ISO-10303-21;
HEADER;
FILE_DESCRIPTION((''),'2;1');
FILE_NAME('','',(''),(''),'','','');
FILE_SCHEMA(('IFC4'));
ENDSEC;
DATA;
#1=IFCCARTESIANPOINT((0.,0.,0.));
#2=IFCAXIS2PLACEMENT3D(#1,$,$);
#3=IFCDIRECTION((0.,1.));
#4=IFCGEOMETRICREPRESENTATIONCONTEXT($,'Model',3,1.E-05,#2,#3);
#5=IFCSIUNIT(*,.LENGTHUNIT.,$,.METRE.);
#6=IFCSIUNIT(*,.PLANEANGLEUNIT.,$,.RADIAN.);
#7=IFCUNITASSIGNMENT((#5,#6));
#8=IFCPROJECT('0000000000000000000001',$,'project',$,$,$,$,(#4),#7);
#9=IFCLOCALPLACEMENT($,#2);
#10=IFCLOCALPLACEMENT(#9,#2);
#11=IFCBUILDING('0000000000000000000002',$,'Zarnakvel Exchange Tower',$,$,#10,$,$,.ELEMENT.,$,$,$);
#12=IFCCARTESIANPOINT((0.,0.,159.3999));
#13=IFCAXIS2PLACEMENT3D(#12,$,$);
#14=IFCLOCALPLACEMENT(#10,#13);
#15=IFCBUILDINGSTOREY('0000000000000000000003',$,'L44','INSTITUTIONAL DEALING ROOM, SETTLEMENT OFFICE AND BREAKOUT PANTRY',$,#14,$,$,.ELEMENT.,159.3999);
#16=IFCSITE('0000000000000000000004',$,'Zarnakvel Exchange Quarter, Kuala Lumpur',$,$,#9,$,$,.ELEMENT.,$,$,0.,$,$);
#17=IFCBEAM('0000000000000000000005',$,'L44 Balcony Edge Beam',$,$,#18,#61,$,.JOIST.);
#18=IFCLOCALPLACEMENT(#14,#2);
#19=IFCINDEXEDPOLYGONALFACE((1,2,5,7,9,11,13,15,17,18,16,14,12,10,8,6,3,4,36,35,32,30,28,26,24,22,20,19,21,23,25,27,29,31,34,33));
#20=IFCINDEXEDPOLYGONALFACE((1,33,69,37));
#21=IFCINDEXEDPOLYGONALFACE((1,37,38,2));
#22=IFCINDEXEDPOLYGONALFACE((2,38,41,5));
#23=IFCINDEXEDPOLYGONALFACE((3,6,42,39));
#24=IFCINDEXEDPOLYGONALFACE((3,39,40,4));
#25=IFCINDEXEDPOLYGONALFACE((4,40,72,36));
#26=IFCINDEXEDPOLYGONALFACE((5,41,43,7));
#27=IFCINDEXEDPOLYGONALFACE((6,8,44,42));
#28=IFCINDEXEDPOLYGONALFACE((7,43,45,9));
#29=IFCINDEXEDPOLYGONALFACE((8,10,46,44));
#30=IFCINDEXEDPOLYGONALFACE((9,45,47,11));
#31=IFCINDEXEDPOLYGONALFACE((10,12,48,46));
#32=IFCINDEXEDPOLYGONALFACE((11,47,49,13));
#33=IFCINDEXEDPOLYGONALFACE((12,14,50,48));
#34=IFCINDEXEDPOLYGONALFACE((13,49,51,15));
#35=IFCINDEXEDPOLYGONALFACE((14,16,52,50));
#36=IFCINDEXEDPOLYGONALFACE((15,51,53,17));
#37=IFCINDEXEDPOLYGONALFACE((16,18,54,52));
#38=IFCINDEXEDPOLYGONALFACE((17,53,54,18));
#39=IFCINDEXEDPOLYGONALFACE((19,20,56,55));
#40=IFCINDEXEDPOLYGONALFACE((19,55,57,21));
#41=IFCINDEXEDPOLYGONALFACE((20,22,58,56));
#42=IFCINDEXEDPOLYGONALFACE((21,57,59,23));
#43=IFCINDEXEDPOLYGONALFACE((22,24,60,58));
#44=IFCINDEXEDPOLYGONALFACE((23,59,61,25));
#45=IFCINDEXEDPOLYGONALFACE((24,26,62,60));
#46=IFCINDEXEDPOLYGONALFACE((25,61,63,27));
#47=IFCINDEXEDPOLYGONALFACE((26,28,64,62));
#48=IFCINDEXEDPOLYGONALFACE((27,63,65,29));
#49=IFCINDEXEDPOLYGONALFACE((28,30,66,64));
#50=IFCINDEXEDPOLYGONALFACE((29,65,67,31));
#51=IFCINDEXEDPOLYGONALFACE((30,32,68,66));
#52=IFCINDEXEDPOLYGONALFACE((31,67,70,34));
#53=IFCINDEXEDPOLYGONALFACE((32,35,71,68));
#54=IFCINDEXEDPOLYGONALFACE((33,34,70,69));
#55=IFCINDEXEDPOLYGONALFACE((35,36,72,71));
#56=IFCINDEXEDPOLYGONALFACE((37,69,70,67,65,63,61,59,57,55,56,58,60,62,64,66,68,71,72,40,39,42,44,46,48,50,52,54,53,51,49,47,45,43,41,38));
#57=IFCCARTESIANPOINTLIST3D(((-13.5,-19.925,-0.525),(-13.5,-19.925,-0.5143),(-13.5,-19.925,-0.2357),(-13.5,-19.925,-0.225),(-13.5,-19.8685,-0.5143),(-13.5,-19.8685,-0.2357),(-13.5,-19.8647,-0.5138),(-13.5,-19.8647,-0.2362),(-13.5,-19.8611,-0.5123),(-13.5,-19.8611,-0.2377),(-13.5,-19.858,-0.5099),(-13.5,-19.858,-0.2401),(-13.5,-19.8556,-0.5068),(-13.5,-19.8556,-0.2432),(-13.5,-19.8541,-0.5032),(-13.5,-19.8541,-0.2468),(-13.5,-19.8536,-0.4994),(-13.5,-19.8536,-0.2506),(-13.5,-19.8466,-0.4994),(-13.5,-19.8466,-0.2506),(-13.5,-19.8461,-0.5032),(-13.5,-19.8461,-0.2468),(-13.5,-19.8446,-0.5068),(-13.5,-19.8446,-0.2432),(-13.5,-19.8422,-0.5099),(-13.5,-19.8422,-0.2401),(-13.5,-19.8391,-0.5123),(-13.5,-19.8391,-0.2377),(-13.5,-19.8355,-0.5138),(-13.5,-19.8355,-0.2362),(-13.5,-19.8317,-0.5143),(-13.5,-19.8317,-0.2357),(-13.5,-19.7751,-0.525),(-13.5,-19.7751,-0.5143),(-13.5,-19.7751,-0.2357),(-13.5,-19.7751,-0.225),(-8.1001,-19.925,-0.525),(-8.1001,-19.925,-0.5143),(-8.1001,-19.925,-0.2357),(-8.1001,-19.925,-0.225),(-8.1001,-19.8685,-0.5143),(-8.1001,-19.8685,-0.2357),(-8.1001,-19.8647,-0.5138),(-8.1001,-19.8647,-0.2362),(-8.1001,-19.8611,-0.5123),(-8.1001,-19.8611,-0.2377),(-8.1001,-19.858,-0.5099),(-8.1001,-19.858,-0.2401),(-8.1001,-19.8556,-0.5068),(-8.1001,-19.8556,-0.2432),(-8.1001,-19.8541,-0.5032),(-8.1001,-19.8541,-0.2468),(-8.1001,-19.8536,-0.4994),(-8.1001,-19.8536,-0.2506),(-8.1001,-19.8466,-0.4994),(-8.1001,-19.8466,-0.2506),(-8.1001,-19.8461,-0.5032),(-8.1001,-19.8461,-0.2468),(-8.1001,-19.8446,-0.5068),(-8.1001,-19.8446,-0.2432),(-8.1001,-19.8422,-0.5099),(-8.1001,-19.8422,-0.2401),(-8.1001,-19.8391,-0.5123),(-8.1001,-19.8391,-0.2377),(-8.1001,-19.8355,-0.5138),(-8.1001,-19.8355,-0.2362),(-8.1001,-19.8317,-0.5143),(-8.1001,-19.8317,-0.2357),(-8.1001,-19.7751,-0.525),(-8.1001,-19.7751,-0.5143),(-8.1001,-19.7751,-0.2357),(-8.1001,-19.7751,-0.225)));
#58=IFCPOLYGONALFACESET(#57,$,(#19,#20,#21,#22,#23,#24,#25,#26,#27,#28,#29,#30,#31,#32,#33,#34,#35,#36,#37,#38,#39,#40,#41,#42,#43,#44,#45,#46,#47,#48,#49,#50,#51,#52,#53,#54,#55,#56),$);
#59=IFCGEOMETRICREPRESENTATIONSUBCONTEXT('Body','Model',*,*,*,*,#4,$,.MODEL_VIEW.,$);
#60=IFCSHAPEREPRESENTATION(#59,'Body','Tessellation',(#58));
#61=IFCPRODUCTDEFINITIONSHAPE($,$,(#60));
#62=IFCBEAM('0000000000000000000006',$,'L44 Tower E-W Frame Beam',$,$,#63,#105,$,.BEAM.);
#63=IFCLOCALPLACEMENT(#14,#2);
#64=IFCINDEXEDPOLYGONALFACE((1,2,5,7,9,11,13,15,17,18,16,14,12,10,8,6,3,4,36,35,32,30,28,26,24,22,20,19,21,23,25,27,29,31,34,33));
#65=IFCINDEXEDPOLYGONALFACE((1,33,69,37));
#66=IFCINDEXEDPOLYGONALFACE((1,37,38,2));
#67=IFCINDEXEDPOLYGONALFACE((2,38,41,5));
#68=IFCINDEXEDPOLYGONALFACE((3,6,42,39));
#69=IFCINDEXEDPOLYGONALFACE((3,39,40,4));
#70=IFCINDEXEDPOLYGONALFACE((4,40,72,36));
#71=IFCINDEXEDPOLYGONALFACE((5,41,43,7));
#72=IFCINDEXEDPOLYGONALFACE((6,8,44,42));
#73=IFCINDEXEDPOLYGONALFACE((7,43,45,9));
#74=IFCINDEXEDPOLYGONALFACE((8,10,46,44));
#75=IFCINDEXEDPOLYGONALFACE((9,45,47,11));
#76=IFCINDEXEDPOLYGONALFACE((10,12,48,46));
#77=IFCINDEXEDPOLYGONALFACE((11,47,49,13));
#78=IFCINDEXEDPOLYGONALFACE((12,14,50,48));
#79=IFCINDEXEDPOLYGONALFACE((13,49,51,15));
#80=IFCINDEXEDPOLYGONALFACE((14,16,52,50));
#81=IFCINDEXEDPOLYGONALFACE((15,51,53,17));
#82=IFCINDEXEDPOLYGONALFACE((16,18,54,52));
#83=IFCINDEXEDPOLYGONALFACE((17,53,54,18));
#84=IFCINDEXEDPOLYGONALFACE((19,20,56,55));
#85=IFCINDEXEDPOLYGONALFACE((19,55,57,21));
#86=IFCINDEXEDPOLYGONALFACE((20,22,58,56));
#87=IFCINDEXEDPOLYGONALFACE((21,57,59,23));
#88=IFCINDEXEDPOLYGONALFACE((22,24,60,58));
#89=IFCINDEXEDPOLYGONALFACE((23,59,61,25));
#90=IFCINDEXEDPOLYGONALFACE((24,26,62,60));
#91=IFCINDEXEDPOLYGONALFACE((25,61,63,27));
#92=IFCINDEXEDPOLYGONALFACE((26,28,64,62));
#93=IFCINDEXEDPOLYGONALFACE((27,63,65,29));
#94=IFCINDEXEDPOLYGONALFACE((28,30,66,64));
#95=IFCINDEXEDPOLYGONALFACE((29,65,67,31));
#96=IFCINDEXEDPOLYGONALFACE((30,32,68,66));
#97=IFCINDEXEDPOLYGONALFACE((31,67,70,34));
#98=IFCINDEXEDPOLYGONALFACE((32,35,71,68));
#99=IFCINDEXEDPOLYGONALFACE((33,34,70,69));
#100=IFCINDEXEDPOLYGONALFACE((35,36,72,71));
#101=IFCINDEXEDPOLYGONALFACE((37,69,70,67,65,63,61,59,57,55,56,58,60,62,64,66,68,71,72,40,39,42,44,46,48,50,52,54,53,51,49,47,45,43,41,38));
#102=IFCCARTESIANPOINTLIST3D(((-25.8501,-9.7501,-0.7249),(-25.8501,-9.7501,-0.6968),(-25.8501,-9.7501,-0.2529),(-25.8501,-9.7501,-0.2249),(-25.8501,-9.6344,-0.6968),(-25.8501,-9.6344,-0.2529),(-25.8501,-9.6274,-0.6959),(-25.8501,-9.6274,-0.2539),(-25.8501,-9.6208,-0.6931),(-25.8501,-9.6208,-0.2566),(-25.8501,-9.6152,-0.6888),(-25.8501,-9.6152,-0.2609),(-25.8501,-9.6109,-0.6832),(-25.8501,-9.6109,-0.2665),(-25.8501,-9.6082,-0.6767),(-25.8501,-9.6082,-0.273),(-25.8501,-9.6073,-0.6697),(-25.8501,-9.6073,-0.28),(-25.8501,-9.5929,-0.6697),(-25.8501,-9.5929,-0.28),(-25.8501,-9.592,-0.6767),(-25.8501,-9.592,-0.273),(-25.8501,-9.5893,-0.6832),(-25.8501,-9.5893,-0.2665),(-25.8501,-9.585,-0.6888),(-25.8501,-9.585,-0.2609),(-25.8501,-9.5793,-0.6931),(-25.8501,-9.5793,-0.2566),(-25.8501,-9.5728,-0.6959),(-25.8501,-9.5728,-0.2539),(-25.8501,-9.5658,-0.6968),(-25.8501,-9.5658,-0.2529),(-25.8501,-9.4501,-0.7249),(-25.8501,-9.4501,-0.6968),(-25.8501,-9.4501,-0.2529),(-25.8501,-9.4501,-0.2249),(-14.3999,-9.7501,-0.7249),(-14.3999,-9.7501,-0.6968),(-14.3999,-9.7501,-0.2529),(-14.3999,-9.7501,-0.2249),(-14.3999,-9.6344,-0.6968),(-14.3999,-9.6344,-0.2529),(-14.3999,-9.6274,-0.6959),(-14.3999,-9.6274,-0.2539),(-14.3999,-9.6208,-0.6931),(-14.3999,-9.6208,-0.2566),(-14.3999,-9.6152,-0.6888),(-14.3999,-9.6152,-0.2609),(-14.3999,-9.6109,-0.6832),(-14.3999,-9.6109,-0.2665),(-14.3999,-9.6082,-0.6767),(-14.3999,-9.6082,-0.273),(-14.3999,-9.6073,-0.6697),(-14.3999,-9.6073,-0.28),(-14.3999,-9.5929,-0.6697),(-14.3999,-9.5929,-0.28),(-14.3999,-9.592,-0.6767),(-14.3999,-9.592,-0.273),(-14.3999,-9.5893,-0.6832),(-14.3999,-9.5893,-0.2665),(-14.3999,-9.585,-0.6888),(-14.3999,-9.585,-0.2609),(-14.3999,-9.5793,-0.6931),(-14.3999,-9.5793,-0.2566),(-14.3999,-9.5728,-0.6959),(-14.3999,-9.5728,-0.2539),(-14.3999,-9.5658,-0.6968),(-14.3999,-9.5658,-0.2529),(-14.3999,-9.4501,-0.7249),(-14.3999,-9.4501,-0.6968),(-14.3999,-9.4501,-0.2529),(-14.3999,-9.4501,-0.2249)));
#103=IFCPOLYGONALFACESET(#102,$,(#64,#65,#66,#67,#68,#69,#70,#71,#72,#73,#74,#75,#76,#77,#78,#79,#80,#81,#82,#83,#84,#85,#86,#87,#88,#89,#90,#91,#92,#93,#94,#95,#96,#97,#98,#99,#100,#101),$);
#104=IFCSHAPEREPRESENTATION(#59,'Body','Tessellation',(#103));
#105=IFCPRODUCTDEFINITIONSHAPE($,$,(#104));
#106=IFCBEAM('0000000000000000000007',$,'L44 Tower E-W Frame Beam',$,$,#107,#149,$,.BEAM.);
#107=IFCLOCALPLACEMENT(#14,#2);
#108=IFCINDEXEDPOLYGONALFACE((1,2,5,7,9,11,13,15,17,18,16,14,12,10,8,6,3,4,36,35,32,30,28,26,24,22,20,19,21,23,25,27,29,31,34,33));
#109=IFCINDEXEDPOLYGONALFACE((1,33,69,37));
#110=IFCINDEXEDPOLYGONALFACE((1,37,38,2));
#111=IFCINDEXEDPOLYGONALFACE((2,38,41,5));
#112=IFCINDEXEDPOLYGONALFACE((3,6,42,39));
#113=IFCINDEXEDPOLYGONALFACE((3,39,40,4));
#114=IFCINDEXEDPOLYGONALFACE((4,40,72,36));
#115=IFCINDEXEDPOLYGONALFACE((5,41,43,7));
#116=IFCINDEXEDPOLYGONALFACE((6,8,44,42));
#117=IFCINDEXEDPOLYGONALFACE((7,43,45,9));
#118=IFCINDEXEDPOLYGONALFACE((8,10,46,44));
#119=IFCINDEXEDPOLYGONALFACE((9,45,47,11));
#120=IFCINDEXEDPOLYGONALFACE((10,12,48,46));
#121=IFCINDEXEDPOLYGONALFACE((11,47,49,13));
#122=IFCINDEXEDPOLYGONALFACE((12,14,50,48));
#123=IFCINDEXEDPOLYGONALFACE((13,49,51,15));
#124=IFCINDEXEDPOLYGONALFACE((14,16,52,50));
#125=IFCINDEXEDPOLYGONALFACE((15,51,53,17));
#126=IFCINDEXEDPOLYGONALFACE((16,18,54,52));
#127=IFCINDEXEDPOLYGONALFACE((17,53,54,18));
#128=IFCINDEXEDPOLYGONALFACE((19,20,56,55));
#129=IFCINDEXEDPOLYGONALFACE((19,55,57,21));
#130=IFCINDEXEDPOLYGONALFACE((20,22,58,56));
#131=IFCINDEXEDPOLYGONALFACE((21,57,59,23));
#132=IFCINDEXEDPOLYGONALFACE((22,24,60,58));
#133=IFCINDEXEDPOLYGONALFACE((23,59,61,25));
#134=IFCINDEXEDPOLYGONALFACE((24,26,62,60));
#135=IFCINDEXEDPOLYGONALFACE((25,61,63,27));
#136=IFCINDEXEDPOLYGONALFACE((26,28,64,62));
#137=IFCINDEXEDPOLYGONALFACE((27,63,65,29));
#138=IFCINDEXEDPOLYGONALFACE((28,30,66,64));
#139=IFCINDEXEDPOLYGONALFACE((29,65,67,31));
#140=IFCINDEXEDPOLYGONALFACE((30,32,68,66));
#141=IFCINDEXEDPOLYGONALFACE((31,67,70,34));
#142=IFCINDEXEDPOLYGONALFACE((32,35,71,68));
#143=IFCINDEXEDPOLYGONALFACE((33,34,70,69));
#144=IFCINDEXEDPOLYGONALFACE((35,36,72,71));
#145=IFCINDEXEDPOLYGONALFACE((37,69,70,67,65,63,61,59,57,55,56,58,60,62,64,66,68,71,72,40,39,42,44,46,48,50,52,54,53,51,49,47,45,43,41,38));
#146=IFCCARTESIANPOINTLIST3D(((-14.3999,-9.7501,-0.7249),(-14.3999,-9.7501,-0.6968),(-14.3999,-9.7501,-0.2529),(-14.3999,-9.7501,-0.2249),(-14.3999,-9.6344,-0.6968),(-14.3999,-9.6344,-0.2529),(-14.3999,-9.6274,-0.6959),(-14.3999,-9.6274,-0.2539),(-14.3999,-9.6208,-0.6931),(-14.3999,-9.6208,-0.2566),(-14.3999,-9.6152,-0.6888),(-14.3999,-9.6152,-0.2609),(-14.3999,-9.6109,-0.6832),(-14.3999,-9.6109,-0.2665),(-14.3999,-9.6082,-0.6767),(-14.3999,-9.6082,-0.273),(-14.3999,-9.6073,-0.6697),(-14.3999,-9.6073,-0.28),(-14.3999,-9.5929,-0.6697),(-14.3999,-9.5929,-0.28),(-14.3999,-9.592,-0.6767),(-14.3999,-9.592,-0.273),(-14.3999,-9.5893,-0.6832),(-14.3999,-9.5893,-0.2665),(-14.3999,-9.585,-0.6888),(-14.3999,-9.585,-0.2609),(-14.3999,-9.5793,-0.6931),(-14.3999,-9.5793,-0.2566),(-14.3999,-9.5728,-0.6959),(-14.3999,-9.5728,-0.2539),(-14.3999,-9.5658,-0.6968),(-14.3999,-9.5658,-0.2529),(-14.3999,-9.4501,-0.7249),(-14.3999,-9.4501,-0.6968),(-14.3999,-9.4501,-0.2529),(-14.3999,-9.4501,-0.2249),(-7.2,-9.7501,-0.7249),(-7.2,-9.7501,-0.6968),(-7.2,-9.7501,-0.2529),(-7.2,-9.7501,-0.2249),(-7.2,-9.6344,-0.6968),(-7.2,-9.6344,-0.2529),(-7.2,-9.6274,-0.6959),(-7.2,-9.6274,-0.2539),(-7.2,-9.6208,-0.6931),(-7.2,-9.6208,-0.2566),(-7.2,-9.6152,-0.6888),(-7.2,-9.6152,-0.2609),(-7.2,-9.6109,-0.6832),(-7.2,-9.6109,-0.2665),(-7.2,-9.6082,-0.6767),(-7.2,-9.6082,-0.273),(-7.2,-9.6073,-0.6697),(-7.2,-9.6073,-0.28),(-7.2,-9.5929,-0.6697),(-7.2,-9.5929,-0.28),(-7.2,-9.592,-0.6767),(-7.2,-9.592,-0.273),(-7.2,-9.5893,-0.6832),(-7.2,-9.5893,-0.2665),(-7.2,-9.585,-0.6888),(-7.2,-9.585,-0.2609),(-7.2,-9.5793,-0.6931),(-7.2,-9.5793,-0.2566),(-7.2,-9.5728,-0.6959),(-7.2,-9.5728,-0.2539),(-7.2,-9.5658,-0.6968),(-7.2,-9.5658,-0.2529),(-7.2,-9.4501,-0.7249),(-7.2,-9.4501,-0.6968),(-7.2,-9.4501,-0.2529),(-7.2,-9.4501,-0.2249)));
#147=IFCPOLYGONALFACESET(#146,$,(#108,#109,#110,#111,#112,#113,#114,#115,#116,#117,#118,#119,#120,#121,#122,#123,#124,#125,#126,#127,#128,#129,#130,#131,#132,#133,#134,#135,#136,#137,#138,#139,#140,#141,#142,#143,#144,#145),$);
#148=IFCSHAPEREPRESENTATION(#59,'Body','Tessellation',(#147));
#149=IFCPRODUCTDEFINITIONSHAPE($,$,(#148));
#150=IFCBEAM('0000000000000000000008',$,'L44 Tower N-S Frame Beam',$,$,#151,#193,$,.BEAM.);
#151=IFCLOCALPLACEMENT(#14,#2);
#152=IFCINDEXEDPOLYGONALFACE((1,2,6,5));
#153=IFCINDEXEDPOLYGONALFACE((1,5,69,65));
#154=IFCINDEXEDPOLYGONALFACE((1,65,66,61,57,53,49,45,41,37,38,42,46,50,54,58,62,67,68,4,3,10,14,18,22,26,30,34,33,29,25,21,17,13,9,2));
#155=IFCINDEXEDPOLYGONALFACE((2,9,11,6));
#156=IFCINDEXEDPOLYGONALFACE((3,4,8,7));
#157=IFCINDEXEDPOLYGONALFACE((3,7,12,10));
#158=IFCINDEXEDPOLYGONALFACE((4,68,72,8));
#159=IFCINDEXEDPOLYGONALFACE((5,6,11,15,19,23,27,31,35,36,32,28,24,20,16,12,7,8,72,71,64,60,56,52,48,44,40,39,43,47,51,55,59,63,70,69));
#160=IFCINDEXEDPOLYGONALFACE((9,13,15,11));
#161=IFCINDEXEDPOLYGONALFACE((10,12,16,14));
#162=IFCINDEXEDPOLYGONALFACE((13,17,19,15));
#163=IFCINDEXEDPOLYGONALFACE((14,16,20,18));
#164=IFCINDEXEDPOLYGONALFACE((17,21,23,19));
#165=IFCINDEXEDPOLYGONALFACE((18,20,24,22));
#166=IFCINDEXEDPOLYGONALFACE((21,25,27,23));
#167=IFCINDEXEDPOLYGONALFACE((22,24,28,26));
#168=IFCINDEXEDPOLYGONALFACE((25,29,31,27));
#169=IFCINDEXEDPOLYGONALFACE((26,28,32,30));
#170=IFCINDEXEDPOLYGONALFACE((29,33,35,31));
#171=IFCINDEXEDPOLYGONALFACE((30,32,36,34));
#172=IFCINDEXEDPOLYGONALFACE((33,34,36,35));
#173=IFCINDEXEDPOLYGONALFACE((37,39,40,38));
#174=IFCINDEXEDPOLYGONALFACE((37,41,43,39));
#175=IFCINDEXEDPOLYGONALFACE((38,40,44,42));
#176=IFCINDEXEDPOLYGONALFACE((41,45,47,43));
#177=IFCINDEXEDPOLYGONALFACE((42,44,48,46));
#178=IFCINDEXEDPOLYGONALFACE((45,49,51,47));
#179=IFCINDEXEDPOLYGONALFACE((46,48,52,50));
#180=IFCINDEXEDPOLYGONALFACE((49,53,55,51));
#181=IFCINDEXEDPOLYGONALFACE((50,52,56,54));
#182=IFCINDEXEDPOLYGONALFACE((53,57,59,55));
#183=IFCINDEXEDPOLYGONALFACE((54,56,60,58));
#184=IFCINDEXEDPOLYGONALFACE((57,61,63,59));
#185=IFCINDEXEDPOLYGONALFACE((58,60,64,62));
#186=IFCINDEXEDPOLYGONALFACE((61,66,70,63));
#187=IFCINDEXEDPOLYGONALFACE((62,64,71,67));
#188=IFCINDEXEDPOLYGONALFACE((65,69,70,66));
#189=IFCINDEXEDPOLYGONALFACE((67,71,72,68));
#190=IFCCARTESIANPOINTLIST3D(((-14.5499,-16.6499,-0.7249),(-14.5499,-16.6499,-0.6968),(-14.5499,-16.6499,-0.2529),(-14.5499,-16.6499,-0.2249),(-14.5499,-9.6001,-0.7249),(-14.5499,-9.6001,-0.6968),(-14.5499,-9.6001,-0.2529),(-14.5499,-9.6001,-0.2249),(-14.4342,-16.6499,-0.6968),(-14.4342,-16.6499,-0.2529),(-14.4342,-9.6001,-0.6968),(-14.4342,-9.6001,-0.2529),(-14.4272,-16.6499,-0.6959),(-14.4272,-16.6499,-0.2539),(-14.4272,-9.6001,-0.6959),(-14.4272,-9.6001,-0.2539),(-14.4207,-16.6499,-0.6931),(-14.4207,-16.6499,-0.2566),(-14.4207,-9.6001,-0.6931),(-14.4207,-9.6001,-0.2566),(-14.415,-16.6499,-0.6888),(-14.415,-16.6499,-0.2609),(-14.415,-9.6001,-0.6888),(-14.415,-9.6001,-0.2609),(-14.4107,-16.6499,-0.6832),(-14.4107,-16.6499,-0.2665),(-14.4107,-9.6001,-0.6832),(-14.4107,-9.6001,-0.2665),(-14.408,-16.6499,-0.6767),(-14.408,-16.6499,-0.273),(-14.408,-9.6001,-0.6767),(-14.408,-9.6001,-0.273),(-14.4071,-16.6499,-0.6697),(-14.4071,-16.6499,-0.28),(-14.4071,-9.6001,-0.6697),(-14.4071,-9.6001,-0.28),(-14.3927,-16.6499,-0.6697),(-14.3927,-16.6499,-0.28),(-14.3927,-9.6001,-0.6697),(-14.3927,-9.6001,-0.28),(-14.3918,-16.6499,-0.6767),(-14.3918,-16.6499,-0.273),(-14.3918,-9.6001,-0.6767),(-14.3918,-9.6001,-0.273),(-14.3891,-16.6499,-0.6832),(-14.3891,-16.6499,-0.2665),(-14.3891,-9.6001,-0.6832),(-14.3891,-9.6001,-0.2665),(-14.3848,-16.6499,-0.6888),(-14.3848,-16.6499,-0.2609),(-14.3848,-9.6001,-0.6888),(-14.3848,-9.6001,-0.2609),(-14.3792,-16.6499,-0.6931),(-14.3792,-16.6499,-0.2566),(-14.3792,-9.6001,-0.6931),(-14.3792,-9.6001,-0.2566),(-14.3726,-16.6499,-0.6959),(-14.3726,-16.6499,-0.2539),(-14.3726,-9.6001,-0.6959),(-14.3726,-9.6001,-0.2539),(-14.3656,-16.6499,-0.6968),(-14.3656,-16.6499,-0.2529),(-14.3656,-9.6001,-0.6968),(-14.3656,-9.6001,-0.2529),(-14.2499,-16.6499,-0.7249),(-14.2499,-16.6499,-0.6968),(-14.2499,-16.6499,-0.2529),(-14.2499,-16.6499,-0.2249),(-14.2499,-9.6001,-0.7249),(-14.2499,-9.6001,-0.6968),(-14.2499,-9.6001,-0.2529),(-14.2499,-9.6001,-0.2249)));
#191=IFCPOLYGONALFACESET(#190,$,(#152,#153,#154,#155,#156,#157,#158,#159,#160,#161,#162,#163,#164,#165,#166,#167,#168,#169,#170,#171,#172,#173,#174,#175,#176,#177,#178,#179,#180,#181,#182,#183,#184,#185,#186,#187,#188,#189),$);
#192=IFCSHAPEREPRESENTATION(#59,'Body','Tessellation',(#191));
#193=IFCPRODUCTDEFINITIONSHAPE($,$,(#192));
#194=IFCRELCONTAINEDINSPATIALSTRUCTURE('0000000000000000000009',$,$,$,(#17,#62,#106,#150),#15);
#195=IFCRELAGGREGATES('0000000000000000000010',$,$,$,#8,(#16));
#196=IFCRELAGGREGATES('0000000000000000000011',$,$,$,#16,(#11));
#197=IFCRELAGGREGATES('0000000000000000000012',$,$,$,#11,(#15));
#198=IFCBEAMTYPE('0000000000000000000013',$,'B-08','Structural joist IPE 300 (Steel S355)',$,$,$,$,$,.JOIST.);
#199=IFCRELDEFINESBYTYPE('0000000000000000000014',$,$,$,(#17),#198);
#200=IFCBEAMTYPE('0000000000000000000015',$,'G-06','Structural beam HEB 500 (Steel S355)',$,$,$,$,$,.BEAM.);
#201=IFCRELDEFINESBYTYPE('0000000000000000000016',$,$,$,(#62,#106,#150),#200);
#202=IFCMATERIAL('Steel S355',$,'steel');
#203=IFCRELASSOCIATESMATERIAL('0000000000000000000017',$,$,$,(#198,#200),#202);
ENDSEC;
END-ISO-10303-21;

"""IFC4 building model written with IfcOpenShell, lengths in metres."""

from ifc_helpers import new_model, si_unit, direction, frame, origin, origin_2d, place, context, subcontext, project, spatial, i_section, extrude, material, material_profile, profile_set, type_object, element, save


model = new_model("IFC4")

# Units and contexts
model_context = context("Model", 3, precision=1e-05, world=origin(), true_north=direction((0.0, 1.0)))
body_context = subcontext(model_context, "Body", "Model", "MODEL_VIEW")
ifc_project = project(units=[si_unit("LENGTHUNIT", "METRE"), si_unit("PLANEANGLEUNIT", "RADIAN")], contexts=[model_context])

# Site, building, storey
site_placement = place(None, origin())
site = spatial("IfcSite", under=ifc_project, at=site_placement, Name="Zarnakvel Exchange Quarter, Kuala Lumpur", CompositionType="ELEMENT", RefElevation=0.0)
building_placement = place(site_placement, origin())
building = spatial("IfcBuilding", under=site, at=building_placement, Name="Zarnakvel Exchange Tower", CompositionType="ELEMENT")
storey_placement = place(building_placement, frame((0.0, 0.0, 159.3999)))
storey = spatial("IfcBuildingStorey", under=building, at=storey_placement, Name="L44", Description="INSTITUTIONAL DEALING ROOM, SETTLEMENT OFFICE AND BREAKOUT PANTRY", CompositionType="ELEMENT", Elevation=159.3999)

# Shared definitions
ifc_material_1 = material(Name="Steel S355", Category="steel")

# Beams
ifc_material_profile_1 = material_profile(ifc_material_1, i_section(OverallWidth=0.1499, OverallDepth=0.3, WebThickness=0.0071, FlangeThickness=0.0107, FilletRadius=0.0149, at=origin_2d()))
ifc_profile_set_1 = profile_set([ifc_material_profile_1], Name="Steel S355")
beam_type_1 = type_object("IfcBeamType", Name="B-08", Description="Structural joist IPE 300 (Steel S355)", PredefinedType="JOIST", material=ifc_profile_set_1)
beam_1_placement = place(storey_placement, frame((-13.5, -19.8501, -0.375), z_axis=(1.0, 0.0, 0.0), x_axis=(0.0, 1.0, 0.0)))
element("IfcBeam", 1, at=beam_1_placement, inside=storey, type_object=beam_type_1, Name="L44 Balcony Edge Beam", PredefinedType="JOIST", context=body_context, shape_type="SweptSolid", body=[
    extrude(i_section(OverallWidth=0.1499, OverallDepth=0.3, WebThickness=0.0071, FlangeThickness=0.0107, FilletRadius=0.0149, at=origin_2d()), origin(), (0.0, 0.0, 1.0), 5.3999),
])
ifc_material_profile_2 = material_profile(ifc_material_1, i_section(OverallWidth=0.3, OverallDepth=0.5, WebThickness=0.0144, FlangeThickness=0.0281, FilletRadius=0.0271, at=origin_2d()))
ifc_profile_set_2 = profile_set([ifc_material_profile_2], Name="Steel S355")
beam_type_2 = type_object("IfcBeamType", Name="G-06", Description="Structural beam HEB 500 (Steel S355)", PredefinedType="BEAM", material=ifc_profile_set_2)
beam_2_placement = place(storey_placement, frame((-25.8501, -9.6001, -0.4749), z_axis=(1.0, 0.0, 0.0), x_axis=(0.0, 1.0, 0.0)))
element("IfcBeam", 2, at=beam_2_placement, inside=storey, type_object=beam_type_2, Name="L44 Tower E-W Frame Beam", PredefinedType="BEAM", context=body_context, shape_type="SweptSolid", body=[
    extrude(i_section(OverallWidth=0.3, OverallDepth=0.5, WebThickness=0.0144, FlangeThickness=0.0281, FilletRadius=0.0271, at=origin_2d()), origin(), (0.0, 0.0, 1.0), 11.4502),
])
beam_3_placement = place(storey_placement, frame((-14.3999, -9.6001, -0.4749), z_axis=(1.0, 0.0, 0.0), x_axis=(0.0, 1.0, 0.0)))
element("IfcBeam", 3, at=beam_3_placement, inside=storey, type_object=beam_type_2, Name="L44 Tower E-W Frame Beam", PredefinedType="BEAM", context=body_context, shape_type="SweptSolid", body=[
    extrude(i_section(OverallWidth=0.3, OverallDepth=0.5, WebThickness=0.0144, FlangeThickness=0.0281, FilletRadius=0.0271, at=origin_2d()), origin(), (0.0, 0.0, 1.0), 7.2),
])
beam_4_placement = place(storey_placement, frame((-14.3999, -16.6499, -0.4749), z_axis=(0.0, 1.0, 0.0), x_axis=(-1.0, 0.0, 0.0)))
element("IfcBeam", 4, at=beam_4_placement, inside=storey, type_object=beam_type_2, Name="L44 Tower N-S Frame Beam", PredefinedType="BEAM", context=body_context, shape_type="SweptSolid", body=[
    extrude(i_section(OverallWidth=0.3, OverallDepth=0.5, WebThickness=0.0144, FlangeThickness=0.0281, FilletRadius=0.0271, at=origin_2d()), origin(), (0.0, 0.0, 1.0), 7.0498),
])

save(model, "model.ifc")
